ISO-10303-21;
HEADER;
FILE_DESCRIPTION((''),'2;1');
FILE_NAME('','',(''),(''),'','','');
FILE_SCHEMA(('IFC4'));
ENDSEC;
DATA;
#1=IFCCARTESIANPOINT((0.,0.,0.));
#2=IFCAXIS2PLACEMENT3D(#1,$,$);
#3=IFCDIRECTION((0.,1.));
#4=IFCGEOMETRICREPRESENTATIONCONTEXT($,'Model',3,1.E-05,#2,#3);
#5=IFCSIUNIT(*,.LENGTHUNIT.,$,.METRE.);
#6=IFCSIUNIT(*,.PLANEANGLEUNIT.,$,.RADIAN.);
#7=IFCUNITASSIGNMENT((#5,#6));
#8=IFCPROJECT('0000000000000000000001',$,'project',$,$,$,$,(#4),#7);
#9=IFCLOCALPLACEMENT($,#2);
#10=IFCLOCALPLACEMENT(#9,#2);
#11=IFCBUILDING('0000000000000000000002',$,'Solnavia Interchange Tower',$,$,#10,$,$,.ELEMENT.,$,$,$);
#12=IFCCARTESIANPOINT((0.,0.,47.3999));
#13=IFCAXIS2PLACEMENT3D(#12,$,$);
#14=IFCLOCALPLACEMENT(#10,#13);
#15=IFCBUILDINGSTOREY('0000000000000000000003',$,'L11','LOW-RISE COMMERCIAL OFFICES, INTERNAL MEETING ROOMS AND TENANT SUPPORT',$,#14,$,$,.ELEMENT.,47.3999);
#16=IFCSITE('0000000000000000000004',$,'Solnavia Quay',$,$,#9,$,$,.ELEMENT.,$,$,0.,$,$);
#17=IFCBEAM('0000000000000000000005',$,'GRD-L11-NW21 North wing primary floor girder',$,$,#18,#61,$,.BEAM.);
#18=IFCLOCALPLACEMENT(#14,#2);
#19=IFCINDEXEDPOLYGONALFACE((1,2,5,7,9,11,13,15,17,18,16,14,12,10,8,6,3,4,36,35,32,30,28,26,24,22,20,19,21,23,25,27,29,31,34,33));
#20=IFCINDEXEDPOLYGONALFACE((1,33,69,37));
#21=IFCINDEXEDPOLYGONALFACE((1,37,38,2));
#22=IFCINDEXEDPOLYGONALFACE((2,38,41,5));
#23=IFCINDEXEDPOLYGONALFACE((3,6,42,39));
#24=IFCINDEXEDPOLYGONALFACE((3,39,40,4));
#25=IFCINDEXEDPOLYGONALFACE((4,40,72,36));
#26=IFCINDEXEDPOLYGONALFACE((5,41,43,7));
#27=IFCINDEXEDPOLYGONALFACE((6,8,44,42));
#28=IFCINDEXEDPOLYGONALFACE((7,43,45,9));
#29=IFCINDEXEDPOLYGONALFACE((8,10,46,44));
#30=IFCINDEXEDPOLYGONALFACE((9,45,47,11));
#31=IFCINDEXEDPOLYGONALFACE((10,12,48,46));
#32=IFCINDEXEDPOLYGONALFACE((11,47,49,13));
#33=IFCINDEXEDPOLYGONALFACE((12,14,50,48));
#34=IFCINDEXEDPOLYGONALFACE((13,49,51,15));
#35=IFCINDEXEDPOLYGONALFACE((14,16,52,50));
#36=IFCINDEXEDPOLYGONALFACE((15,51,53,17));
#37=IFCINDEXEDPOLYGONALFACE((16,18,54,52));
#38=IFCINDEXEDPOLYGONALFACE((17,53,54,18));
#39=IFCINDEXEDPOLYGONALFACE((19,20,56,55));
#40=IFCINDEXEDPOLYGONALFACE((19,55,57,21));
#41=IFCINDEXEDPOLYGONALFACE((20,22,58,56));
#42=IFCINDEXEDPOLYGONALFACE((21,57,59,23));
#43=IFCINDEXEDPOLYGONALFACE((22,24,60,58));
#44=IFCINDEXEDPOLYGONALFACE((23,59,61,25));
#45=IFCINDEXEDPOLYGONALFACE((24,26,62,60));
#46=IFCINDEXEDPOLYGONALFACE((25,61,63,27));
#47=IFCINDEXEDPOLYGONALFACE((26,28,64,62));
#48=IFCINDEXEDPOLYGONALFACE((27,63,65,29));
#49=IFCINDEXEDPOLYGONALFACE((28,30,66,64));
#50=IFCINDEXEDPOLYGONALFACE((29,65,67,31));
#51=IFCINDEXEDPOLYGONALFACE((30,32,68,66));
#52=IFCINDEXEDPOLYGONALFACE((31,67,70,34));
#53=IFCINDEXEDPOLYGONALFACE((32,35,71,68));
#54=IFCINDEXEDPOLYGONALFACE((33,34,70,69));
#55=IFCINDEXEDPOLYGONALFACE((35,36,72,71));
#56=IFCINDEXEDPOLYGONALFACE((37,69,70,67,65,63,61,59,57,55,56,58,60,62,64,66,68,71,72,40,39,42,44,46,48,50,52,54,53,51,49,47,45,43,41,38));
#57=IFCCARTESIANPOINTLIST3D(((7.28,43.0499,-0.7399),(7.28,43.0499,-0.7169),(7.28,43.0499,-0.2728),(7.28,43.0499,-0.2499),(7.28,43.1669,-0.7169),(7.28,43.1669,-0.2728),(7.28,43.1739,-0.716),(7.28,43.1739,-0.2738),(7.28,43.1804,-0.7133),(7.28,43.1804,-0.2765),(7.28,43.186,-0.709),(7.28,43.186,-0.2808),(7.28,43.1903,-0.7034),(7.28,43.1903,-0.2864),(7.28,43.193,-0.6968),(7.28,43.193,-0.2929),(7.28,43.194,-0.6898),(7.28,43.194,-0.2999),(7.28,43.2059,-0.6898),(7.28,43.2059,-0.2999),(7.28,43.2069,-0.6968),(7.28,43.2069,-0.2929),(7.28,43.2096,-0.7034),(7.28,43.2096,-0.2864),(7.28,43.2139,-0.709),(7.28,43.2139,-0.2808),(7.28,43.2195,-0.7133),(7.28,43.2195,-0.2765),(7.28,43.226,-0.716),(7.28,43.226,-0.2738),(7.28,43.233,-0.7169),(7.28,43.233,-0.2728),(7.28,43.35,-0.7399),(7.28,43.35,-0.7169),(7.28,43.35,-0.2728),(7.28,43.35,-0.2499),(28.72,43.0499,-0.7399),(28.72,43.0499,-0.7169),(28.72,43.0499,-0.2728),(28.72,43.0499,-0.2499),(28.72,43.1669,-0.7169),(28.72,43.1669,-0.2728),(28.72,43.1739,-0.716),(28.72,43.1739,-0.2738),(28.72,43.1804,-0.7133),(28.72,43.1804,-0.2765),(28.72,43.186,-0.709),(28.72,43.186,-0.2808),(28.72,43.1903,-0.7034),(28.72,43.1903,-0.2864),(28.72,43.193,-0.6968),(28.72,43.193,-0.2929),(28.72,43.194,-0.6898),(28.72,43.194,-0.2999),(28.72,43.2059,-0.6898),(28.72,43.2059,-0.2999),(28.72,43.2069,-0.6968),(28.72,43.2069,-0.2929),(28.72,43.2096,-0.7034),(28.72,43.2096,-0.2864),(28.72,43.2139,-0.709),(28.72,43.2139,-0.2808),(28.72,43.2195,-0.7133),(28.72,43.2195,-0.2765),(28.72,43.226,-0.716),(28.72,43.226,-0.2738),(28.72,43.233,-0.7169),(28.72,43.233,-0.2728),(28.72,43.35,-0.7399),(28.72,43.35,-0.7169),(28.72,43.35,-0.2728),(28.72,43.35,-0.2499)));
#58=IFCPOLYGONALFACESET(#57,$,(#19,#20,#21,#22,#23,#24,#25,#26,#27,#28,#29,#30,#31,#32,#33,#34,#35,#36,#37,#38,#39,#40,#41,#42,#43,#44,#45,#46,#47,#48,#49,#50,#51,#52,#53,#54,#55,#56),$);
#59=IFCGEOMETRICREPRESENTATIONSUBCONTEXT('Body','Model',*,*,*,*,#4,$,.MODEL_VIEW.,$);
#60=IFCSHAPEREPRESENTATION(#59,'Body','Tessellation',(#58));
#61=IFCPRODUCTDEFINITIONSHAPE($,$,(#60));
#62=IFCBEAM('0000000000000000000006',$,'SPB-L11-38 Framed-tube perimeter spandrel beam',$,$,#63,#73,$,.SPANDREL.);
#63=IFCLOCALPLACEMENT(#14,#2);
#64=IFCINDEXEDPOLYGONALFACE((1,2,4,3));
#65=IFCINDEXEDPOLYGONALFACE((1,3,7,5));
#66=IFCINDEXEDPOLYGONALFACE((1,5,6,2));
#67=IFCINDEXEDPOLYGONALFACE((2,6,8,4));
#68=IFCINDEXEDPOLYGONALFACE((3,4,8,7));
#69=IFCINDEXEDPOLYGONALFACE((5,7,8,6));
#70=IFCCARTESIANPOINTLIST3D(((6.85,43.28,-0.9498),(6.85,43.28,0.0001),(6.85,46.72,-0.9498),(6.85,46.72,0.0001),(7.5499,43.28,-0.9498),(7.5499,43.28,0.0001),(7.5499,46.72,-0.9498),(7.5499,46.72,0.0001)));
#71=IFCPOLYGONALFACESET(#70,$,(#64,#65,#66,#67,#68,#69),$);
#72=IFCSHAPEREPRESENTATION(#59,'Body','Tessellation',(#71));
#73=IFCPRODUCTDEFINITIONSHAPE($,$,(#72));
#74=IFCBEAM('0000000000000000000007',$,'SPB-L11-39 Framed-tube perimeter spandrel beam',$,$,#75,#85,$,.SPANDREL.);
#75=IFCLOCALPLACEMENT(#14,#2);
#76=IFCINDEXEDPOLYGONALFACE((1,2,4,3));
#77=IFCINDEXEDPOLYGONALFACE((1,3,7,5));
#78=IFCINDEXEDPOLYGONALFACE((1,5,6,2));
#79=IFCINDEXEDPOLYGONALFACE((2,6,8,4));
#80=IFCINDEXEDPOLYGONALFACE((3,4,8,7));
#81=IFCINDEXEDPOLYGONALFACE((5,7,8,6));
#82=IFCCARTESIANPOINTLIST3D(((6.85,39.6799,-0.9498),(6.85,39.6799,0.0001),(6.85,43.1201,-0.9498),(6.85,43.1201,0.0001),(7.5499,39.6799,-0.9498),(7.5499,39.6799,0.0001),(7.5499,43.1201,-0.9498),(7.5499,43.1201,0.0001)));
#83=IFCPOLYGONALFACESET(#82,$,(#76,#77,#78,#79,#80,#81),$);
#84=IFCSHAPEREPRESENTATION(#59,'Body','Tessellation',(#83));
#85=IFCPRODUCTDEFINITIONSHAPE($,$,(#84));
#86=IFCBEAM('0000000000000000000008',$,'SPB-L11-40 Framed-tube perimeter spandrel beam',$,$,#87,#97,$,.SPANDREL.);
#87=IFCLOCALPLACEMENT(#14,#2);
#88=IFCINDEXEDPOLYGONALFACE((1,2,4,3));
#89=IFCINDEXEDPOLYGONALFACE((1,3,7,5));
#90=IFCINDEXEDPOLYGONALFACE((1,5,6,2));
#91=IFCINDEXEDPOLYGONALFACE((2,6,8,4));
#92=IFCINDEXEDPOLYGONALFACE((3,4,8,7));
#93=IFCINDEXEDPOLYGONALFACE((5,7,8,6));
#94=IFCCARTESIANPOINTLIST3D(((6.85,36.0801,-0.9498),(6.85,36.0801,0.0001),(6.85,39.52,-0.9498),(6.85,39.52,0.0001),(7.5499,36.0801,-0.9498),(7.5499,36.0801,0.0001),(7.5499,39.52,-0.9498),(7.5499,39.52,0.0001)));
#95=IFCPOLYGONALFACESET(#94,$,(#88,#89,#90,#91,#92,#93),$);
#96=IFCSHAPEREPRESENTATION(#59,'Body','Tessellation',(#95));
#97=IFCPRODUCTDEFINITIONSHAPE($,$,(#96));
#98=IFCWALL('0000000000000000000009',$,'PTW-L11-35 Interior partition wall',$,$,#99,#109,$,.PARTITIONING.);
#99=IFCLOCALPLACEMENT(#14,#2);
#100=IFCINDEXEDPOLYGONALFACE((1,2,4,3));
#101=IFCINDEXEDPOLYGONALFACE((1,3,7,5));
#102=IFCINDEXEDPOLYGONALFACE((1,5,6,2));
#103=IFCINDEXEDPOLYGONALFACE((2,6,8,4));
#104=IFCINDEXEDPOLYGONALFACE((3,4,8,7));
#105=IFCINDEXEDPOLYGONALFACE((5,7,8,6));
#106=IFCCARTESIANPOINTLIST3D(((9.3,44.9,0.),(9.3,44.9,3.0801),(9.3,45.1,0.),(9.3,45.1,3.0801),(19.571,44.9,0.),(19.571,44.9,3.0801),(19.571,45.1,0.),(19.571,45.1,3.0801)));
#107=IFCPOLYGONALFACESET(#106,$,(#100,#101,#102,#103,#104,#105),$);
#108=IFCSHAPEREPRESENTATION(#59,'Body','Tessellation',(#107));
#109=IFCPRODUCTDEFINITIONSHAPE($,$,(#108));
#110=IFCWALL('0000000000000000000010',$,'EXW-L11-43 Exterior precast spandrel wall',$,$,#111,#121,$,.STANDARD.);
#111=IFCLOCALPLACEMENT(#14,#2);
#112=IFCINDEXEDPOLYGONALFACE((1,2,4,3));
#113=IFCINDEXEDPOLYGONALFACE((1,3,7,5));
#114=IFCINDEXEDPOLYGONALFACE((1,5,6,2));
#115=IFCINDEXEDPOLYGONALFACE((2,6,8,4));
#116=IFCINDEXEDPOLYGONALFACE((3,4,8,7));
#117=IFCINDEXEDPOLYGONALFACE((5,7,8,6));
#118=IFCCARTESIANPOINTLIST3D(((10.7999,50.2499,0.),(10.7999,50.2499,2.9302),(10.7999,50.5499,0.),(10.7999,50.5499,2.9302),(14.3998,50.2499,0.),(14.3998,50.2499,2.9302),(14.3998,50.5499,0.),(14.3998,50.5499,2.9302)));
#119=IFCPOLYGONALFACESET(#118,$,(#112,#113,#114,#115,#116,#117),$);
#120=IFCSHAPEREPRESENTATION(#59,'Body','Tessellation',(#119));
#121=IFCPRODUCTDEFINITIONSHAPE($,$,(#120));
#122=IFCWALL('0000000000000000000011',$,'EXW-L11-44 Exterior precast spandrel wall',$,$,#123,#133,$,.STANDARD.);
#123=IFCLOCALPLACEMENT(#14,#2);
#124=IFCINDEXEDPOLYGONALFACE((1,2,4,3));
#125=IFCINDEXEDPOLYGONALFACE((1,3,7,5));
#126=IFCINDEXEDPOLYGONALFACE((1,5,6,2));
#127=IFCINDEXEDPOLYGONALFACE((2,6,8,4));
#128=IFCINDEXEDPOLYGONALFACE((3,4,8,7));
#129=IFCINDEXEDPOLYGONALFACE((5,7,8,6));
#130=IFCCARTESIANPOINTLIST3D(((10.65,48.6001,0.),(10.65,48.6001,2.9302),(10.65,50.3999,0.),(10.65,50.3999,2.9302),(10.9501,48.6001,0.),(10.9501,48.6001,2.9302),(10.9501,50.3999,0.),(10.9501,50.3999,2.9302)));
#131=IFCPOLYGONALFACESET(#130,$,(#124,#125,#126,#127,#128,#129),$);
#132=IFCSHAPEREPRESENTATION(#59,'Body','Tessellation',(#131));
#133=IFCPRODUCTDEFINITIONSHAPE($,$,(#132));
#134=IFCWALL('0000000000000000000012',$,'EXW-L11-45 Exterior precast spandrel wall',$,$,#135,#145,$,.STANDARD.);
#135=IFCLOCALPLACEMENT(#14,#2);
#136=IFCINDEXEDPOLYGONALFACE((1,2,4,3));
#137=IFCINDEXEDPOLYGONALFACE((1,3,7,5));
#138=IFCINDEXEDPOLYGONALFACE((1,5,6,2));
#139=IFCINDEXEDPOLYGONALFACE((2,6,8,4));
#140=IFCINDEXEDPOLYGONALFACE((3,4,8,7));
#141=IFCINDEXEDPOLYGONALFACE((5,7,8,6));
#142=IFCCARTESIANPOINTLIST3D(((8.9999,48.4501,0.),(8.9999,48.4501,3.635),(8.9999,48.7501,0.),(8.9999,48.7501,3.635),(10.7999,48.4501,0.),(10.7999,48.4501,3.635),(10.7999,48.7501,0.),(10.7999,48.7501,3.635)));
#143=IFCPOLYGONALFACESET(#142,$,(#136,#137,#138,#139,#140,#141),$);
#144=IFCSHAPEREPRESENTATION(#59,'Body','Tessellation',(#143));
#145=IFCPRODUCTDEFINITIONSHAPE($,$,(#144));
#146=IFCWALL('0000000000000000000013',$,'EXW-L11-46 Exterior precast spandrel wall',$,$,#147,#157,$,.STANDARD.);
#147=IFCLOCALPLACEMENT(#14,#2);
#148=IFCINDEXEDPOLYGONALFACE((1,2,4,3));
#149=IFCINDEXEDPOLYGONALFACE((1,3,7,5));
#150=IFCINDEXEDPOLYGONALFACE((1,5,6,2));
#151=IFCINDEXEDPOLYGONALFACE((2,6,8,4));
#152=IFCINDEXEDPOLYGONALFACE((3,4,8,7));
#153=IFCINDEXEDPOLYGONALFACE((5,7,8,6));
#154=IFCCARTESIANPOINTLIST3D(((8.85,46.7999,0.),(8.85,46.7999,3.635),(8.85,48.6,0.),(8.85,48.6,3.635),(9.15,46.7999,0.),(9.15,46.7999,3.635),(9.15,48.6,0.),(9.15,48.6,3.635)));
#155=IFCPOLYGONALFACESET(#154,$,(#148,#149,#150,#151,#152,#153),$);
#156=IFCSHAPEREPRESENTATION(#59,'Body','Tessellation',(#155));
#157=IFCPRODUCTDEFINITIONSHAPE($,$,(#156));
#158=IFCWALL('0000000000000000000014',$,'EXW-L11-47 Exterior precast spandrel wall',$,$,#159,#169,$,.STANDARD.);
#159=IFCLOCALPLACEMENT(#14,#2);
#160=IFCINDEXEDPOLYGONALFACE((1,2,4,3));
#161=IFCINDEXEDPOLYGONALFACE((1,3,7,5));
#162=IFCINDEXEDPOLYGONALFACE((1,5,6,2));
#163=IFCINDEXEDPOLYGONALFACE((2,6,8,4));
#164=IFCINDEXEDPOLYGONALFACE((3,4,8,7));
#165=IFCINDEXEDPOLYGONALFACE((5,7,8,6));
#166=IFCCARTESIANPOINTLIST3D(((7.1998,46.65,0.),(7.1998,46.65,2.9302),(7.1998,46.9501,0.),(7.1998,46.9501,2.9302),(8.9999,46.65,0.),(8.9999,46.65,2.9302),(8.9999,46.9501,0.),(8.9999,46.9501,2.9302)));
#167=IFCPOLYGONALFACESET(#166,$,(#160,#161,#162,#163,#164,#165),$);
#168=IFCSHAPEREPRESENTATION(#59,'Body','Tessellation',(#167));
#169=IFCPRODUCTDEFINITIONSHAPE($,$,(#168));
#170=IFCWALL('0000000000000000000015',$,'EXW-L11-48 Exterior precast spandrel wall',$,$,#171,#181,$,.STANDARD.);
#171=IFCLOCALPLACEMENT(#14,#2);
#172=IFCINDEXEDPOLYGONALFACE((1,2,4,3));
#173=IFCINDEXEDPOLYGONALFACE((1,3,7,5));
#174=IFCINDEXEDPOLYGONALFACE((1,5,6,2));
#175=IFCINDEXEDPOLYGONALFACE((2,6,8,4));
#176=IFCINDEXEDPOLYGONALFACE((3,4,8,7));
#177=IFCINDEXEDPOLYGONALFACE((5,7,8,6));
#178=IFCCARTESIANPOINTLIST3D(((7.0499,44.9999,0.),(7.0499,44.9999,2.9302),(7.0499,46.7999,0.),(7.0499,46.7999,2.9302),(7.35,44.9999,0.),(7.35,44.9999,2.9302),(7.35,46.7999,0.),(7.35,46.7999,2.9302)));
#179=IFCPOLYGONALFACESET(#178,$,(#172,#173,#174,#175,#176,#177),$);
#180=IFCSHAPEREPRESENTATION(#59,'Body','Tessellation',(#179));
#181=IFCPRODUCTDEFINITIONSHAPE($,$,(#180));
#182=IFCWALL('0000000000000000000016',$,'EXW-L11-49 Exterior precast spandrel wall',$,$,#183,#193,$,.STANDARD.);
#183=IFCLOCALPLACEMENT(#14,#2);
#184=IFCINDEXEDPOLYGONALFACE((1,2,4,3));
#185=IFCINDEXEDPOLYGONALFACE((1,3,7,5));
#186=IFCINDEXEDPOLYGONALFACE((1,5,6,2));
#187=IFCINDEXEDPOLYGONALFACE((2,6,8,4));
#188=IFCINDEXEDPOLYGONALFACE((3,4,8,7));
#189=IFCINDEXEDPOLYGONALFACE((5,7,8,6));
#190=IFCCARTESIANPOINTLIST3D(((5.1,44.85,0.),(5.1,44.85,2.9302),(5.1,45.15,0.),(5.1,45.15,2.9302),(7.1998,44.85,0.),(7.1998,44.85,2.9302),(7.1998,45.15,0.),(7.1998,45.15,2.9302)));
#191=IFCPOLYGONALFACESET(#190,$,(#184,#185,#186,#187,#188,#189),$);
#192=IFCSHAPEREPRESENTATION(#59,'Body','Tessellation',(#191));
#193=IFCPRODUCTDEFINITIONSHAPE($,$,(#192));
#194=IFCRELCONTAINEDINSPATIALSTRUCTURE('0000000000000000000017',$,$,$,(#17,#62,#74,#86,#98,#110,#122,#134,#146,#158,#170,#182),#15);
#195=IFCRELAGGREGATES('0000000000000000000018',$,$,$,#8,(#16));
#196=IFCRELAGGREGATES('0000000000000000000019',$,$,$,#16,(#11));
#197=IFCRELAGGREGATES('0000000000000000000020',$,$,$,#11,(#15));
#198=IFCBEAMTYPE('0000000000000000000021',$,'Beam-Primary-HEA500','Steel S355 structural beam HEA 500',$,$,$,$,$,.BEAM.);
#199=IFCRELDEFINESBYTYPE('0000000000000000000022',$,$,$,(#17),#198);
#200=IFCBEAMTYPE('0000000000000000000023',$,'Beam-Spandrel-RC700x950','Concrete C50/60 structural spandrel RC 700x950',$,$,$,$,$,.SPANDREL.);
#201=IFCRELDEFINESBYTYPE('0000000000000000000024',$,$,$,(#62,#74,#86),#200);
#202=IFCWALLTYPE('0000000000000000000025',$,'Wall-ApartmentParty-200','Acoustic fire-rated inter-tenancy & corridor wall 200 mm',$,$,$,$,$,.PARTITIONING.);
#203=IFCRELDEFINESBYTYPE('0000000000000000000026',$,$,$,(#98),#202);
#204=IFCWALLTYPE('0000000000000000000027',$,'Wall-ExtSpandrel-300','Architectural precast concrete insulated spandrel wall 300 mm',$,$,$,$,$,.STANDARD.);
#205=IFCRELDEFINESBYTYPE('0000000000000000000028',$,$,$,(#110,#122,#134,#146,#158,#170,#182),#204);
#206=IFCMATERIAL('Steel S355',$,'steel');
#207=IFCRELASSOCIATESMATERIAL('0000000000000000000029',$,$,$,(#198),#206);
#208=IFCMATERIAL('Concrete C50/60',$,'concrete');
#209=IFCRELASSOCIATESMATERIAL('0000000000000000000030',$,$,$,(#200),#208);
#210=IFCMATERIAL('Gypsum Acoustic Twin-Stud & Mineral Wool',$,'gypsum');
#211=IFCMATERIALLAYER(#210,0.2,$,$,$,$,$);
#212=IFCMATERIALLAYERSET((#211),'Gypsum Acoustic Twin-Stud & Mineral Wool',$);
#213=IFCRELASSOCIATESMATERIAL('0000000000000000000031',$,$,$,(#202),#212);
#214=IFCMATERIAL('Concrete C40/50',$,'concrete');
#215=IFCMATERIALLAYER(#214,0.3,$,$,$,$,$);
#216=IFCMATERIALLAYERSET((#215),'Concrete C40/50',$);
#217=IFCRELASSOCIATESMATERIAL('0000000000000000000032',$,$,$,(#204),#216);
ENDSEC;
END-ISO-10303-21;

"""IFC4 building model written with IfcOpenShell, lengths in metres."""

from ifc_helpers import new_model, si_unit, direction, frame, frame_2d, origin, origin_2d, place, context, subcontext, project, spatial, rectangle, i_section, extrude, material, layer, layer_set, material_profile, profile_set, type_object, element, save


model = new_model("IFC4")

# Units and contexts
model_context = context("Model", 3, precision=1e-05, world=origin(), true_north=direction((0.0, 1.0)))
body_context = subcontext(model_context, "Body", "Model", "MODEL_VIEW")
ifc_project = project(units=[si_unit("LENGTHUNIT", "METRE"), si_unit("PLANEANGLEUNIT", "RADIAN")], contexts=[model_context])

# Site, building, storey
site_placement = place(None, origin())
site = spatial("IfcSite", under=ifc_project, at=site_placement, Name="Solnavia Quay", CompositionType="ELEMENT", RefElevation=0.0)
building_placement = place(site_placement, origin())
building = spatial("IfcBuilding", under=site, at=building_placement, Name="Solnavia Interchange Tower", CompositionType="ELEMENT")
storey_placement = place(building_placement, frame((0.0, 0.0, 47.3999)))
storey = spatial("IfcBuildingStorey", under=building, at=storey_placement, Name="L11", Description="LOW-RISE COMMERCIAL OFFICES, INTERNAL MEETING ROOMS AND TENANT SUPPORT", CompositionType="ELEMENT", Elevation=47.3999)

# Beams
ifc_material_1 = material(Name="Steel S355", Category="steel")
ifc_material_profile_1 = material_profile(ifc_material_1, i_section(OverallWidth=0.3, OverallDepth=0.49, WebThickness=0.012, FlangeThickness=0.0229, FilletRadius=0.0271, at=origin_2d()), Name="HEA 500")
ifc_profile_set_1 = profile_set([ifc_material_profile_1], Name="Steel S355")
beam_type_1 = type_object("IfcBeamType", Name="Beam-Primary-HEA500", Description="Steel S355 structural beam HEA 500", PredefinedType="BEAM", material=ifc_profile_set_1)
beam_1_placement = place(storey_placement, frame((7.28, 43.2, -0.4949), z_axis=(1.0, 0.0, 0.0), x_axis=(0.0, 1.0, 0.0)))
element("IfcBeam", 1, at=beam_1_placement, inside=storey, type_object=beam_type_1, Name="GRD-L11-NW21 North wing primary floor girder", PredefinedType="BEAM", context=body_context, shape_type="SweptSolid", body=[
    extrude(i_section(OverallWidth=0.3, OverallDepth=0.49, WebThickness=0.012, FlangeThickness=0.0229, FilletRadius=0.0271, at=origin_2d()), origin(), (0.0, 0.0, 1.0), 21.4399),
])
ifc_material_2 = material(Name="Concrete C50/60", Category="concrete")
ifc_material_profile_2 = material_profile(ifc_material_2, rectangle(XDim=0.7, YDim=0.95, at=origin_2d()), Name="RC 700x950")
ifc_profile_set_2 = profile_set([ifc_material_profile_2], Name="Concrete C50/60")
beam_type_2 = type_object("IfcBeamType", Name="Beam-Spandrel-RC700x950", Description="Concrete C50/60 structural spandrel RC 700x950", PredefinedType="SPANDREL", material=ifc_profile_set_2)
beam_2_placement = place(storey_placement, frame((7.2, 46.72, -0.4749), z_axis=(0.0, -1.0, 0.0), x_axis=(1.0, 0.0, 0.0)))
element("IfcBeam", 2, at=beam_2_placement, inside=storey, type_object=beam_type_2, Name="SPB-L11-38 Framed-tube perimeter spandrel beam", PredefinedType="SPANDREL", context=body_context, shape_type="SweptSolid", body=[
    extrude(rectangle(XDim=0.7, YDim=0.95, at=origin_2d()), origin(), (0.0, 0.0, 1.0), 3.4399),
])
beam_3_placement = place(storey_placement, frame((7.2, 43.1201, -0.4749), z_axis=(0.0, -1.0, 0.0), x_axis=(1.0, 0.0, 0.0)))
element("IfcBeam", 3, at=beam_3_placement, inside=storey, type_object=beam_type_2, Name="SPB-L11-39 Framed-tube perimeter spandrel beam", PredefinedType="SPANDREL", context=body_context, shape_type="SweptSolid", body=[
    extrude(rectangle(XDim=0.7, YDim=0.95, at=origin_2d()), origin(), (0.0, 0.0, 1.0), 3.4402),
])
beam_4_placement = place(storey_placement, frame((7.2, 39.52, -0.4749), z_axis=(0.0, -1.0, 0.0), x_axis=(1.0, 0.0, 0.0)))
element("IfcBeam", 4, at=beam_4_placement, inside=storey, type_object=beam_type_2, Name="SPB-L11-40 Framed-tube perimeter spandrel beam", PredefinedType="SPANDREL", context=body_context, shape_type="SweptSolid", body=[
    extrude(rectangle(XDim=0.7, YDim=0.95, at=origin_2d()), origin(), (0.0, 0.0, 1.0), 3.4399),
])

# Walls
ifc_material_3 = material(Name="Gypsum Acoustic Twin-Stud & Mineral Wool", Category="gypsum")
ifc_layer_1 = layer(ifc_material_3, 0.2)
ifc_layer_set_1 = layer_set([ifc_layer_1], Name="Gypsum Acoustic Twin-Stud & Mineral Wool")
wall_type_1 = type_object("IfcWallType", Name="Wall-ApartmentParty-200", Description="Acoustic fire-rated inter-tenancy & corridor wall 200 mm", PredefinedType="PARTITIONING", material=ifc_layer_set_1)
wall_1_placement = place(storey_placement, frame((9.3, 45.0, 0.0), z_axis=(0.0, 0.0, 1.0), x_axis=(1.0, 0.0, 0.0)))
element("IfcWall", 5, at=wall_1_placement, inside=storey, type_object=wall_type_1, Name="PTW-L11-35 Interior partition wall", PredefinedType="PARTITIONING", context=body_context, shape_type="SweptSolid", body=[
    extrude(rectangle(XDim=10.271, YDim=0.2, at=frame_2d((5.1355, 0.0))), origin(), (0.0, 0.0, 1.0), 3.0801),
])
ifc_material_4 = material(Name="Concrete C40/50", Category="concrete")
ifc_layer_2 = layer(ifc_material_4, 0.3)
ifc_layer_set_2 = layer_set([ifc_layer_2], Name="Concrete C40/50")
wall_type_2 = type_object("IfcWallType", Name="Wall-ExtSpandrel-300", Description="Architectural precast concrete insulated spandrel wall 300 mm", PredefinedType="STANDARD", material=ifc_layer_set_2)
wall_2_placement = place(storey_placement, frame((10.8, 50.3999, 0.0), z_axis=(0.0, 0.0, 1.0), x_axis=(1.0, 0.0, 0.0)))
element("IfcWall", 6, at=wall_2_placement, inside=storey, type_object=wall_type_2, Name="EXW-L11-43 Exterior precast spandrel wall", PredefinedType="STANDARD", context=body_context, shape_type="SweptSolid", body=[
    extrude(rectangle(XDim=3.5999, YDim=0.3, at=frame_2d((1.7998, 0.0))), origin(), (0.0, 0.0, 1.0), 2.9302),
])
wall_3_placement = place(storey_placement, frame((10.8, 48.6001, 0.0), z_axis=(0.0, 0.0, 1.0), x_axis=(0.0, 1.0, 0.0)))
element("IfcWall", 7, at=wall_3_placement, inside=storey, type_object=wall_type_2, Name="EXW-L11-44 Exterior precast spandrel wall", PredefinedType="STANDARD", context=body_context, shape_type="SweptSolid", body=[
    extrude(rectangle(XDim=1.7998, YDim=0.3, at=frame_2d((0.8999, 0.0))), origin(), (0.0, 0.0, 1.0), 2.9302),
])
for number, where, z_axis, x_axis, name in (
    (8, (9.0, 48.6001, 0.0), (0.0, 0.0, 1.0), (1.0, 0.0, 0.0), "EXW-L11-45 Exterior precast spandrel wall"),
    (9, (9.0, 46.8, 0.0), (0.0, 0.0, 1.0), (0.0, 1.0, 0.0), "EXW-L11-46 Exterior precast spandrel wall"),
):
    element("IfcWall", number, at=place(storey_placement, frame(where, z_axis=z_axis, x_axis=x_axis)), inside=storey, type_object=wall_type_2, Name=name, PredefinedType="STANDARD", context=body_context, shape_type="SweptSolid", body=[
        extrude(rectangle(XDim=1.8, YDim=0.3, at=frame_2d((0.8999, 0.0))), origin(), (0.0, 0.0, 1.0), 3.635),
    ])
for number, where, z_axis, x_axis, name in (
    (10, (7.2, 46.8, 0.0), (0.0, 0.0, 1.0), (1.0, 0.0, 0.0), "EXW-L11-47 Exterior precast spandrel wall"),
    (11, (7.2, 45.0, 0.0), (0.0, 0.0, 1.0), (0.0, 1.0, 0.0), "EXW-L11-48 Exterior precast spandrel wall"),
):
    element("IfcWall", number, at=place(storey_placement, frame(where, z_axis=z_axis, x_axis=x_axis)), inside=storey, type_object=wall_type_2, Name=name, PredefinedType="STANDARD", context=body_context, shape_type="SweptSolid", body=[
        extrude(rectangle(XDim=1.8, YDim=0.3, at=frame_2d((0.8999, 0.0))), origin(), (0.0, 0.0, 1.0), 2.9302),
    ])
wall_4_placement = place(storey_placement, frame((5.1001, 45.0, 0.0), z_axis=(0.0, 0.0, 1.0), x_axis=(1.0, 0.0, 0.0)))
element("IfcWall", 12, at=wall_4_placement, inside=storey, type_object=wall_type_2, Name="EXW-L11-49 Exterior precast spandrel wall", PredefinedType="STANDARD", context=body_context, shape_type="SweptSolid", body=[
    extrude(rectangle(XDim=2.0999, YDim=0.3, at=frame_2d((1.0498, 0.0))), origin(), (0.0, 0.0, 1.0), 2.9302),
])

save(model, "model.ifc")
